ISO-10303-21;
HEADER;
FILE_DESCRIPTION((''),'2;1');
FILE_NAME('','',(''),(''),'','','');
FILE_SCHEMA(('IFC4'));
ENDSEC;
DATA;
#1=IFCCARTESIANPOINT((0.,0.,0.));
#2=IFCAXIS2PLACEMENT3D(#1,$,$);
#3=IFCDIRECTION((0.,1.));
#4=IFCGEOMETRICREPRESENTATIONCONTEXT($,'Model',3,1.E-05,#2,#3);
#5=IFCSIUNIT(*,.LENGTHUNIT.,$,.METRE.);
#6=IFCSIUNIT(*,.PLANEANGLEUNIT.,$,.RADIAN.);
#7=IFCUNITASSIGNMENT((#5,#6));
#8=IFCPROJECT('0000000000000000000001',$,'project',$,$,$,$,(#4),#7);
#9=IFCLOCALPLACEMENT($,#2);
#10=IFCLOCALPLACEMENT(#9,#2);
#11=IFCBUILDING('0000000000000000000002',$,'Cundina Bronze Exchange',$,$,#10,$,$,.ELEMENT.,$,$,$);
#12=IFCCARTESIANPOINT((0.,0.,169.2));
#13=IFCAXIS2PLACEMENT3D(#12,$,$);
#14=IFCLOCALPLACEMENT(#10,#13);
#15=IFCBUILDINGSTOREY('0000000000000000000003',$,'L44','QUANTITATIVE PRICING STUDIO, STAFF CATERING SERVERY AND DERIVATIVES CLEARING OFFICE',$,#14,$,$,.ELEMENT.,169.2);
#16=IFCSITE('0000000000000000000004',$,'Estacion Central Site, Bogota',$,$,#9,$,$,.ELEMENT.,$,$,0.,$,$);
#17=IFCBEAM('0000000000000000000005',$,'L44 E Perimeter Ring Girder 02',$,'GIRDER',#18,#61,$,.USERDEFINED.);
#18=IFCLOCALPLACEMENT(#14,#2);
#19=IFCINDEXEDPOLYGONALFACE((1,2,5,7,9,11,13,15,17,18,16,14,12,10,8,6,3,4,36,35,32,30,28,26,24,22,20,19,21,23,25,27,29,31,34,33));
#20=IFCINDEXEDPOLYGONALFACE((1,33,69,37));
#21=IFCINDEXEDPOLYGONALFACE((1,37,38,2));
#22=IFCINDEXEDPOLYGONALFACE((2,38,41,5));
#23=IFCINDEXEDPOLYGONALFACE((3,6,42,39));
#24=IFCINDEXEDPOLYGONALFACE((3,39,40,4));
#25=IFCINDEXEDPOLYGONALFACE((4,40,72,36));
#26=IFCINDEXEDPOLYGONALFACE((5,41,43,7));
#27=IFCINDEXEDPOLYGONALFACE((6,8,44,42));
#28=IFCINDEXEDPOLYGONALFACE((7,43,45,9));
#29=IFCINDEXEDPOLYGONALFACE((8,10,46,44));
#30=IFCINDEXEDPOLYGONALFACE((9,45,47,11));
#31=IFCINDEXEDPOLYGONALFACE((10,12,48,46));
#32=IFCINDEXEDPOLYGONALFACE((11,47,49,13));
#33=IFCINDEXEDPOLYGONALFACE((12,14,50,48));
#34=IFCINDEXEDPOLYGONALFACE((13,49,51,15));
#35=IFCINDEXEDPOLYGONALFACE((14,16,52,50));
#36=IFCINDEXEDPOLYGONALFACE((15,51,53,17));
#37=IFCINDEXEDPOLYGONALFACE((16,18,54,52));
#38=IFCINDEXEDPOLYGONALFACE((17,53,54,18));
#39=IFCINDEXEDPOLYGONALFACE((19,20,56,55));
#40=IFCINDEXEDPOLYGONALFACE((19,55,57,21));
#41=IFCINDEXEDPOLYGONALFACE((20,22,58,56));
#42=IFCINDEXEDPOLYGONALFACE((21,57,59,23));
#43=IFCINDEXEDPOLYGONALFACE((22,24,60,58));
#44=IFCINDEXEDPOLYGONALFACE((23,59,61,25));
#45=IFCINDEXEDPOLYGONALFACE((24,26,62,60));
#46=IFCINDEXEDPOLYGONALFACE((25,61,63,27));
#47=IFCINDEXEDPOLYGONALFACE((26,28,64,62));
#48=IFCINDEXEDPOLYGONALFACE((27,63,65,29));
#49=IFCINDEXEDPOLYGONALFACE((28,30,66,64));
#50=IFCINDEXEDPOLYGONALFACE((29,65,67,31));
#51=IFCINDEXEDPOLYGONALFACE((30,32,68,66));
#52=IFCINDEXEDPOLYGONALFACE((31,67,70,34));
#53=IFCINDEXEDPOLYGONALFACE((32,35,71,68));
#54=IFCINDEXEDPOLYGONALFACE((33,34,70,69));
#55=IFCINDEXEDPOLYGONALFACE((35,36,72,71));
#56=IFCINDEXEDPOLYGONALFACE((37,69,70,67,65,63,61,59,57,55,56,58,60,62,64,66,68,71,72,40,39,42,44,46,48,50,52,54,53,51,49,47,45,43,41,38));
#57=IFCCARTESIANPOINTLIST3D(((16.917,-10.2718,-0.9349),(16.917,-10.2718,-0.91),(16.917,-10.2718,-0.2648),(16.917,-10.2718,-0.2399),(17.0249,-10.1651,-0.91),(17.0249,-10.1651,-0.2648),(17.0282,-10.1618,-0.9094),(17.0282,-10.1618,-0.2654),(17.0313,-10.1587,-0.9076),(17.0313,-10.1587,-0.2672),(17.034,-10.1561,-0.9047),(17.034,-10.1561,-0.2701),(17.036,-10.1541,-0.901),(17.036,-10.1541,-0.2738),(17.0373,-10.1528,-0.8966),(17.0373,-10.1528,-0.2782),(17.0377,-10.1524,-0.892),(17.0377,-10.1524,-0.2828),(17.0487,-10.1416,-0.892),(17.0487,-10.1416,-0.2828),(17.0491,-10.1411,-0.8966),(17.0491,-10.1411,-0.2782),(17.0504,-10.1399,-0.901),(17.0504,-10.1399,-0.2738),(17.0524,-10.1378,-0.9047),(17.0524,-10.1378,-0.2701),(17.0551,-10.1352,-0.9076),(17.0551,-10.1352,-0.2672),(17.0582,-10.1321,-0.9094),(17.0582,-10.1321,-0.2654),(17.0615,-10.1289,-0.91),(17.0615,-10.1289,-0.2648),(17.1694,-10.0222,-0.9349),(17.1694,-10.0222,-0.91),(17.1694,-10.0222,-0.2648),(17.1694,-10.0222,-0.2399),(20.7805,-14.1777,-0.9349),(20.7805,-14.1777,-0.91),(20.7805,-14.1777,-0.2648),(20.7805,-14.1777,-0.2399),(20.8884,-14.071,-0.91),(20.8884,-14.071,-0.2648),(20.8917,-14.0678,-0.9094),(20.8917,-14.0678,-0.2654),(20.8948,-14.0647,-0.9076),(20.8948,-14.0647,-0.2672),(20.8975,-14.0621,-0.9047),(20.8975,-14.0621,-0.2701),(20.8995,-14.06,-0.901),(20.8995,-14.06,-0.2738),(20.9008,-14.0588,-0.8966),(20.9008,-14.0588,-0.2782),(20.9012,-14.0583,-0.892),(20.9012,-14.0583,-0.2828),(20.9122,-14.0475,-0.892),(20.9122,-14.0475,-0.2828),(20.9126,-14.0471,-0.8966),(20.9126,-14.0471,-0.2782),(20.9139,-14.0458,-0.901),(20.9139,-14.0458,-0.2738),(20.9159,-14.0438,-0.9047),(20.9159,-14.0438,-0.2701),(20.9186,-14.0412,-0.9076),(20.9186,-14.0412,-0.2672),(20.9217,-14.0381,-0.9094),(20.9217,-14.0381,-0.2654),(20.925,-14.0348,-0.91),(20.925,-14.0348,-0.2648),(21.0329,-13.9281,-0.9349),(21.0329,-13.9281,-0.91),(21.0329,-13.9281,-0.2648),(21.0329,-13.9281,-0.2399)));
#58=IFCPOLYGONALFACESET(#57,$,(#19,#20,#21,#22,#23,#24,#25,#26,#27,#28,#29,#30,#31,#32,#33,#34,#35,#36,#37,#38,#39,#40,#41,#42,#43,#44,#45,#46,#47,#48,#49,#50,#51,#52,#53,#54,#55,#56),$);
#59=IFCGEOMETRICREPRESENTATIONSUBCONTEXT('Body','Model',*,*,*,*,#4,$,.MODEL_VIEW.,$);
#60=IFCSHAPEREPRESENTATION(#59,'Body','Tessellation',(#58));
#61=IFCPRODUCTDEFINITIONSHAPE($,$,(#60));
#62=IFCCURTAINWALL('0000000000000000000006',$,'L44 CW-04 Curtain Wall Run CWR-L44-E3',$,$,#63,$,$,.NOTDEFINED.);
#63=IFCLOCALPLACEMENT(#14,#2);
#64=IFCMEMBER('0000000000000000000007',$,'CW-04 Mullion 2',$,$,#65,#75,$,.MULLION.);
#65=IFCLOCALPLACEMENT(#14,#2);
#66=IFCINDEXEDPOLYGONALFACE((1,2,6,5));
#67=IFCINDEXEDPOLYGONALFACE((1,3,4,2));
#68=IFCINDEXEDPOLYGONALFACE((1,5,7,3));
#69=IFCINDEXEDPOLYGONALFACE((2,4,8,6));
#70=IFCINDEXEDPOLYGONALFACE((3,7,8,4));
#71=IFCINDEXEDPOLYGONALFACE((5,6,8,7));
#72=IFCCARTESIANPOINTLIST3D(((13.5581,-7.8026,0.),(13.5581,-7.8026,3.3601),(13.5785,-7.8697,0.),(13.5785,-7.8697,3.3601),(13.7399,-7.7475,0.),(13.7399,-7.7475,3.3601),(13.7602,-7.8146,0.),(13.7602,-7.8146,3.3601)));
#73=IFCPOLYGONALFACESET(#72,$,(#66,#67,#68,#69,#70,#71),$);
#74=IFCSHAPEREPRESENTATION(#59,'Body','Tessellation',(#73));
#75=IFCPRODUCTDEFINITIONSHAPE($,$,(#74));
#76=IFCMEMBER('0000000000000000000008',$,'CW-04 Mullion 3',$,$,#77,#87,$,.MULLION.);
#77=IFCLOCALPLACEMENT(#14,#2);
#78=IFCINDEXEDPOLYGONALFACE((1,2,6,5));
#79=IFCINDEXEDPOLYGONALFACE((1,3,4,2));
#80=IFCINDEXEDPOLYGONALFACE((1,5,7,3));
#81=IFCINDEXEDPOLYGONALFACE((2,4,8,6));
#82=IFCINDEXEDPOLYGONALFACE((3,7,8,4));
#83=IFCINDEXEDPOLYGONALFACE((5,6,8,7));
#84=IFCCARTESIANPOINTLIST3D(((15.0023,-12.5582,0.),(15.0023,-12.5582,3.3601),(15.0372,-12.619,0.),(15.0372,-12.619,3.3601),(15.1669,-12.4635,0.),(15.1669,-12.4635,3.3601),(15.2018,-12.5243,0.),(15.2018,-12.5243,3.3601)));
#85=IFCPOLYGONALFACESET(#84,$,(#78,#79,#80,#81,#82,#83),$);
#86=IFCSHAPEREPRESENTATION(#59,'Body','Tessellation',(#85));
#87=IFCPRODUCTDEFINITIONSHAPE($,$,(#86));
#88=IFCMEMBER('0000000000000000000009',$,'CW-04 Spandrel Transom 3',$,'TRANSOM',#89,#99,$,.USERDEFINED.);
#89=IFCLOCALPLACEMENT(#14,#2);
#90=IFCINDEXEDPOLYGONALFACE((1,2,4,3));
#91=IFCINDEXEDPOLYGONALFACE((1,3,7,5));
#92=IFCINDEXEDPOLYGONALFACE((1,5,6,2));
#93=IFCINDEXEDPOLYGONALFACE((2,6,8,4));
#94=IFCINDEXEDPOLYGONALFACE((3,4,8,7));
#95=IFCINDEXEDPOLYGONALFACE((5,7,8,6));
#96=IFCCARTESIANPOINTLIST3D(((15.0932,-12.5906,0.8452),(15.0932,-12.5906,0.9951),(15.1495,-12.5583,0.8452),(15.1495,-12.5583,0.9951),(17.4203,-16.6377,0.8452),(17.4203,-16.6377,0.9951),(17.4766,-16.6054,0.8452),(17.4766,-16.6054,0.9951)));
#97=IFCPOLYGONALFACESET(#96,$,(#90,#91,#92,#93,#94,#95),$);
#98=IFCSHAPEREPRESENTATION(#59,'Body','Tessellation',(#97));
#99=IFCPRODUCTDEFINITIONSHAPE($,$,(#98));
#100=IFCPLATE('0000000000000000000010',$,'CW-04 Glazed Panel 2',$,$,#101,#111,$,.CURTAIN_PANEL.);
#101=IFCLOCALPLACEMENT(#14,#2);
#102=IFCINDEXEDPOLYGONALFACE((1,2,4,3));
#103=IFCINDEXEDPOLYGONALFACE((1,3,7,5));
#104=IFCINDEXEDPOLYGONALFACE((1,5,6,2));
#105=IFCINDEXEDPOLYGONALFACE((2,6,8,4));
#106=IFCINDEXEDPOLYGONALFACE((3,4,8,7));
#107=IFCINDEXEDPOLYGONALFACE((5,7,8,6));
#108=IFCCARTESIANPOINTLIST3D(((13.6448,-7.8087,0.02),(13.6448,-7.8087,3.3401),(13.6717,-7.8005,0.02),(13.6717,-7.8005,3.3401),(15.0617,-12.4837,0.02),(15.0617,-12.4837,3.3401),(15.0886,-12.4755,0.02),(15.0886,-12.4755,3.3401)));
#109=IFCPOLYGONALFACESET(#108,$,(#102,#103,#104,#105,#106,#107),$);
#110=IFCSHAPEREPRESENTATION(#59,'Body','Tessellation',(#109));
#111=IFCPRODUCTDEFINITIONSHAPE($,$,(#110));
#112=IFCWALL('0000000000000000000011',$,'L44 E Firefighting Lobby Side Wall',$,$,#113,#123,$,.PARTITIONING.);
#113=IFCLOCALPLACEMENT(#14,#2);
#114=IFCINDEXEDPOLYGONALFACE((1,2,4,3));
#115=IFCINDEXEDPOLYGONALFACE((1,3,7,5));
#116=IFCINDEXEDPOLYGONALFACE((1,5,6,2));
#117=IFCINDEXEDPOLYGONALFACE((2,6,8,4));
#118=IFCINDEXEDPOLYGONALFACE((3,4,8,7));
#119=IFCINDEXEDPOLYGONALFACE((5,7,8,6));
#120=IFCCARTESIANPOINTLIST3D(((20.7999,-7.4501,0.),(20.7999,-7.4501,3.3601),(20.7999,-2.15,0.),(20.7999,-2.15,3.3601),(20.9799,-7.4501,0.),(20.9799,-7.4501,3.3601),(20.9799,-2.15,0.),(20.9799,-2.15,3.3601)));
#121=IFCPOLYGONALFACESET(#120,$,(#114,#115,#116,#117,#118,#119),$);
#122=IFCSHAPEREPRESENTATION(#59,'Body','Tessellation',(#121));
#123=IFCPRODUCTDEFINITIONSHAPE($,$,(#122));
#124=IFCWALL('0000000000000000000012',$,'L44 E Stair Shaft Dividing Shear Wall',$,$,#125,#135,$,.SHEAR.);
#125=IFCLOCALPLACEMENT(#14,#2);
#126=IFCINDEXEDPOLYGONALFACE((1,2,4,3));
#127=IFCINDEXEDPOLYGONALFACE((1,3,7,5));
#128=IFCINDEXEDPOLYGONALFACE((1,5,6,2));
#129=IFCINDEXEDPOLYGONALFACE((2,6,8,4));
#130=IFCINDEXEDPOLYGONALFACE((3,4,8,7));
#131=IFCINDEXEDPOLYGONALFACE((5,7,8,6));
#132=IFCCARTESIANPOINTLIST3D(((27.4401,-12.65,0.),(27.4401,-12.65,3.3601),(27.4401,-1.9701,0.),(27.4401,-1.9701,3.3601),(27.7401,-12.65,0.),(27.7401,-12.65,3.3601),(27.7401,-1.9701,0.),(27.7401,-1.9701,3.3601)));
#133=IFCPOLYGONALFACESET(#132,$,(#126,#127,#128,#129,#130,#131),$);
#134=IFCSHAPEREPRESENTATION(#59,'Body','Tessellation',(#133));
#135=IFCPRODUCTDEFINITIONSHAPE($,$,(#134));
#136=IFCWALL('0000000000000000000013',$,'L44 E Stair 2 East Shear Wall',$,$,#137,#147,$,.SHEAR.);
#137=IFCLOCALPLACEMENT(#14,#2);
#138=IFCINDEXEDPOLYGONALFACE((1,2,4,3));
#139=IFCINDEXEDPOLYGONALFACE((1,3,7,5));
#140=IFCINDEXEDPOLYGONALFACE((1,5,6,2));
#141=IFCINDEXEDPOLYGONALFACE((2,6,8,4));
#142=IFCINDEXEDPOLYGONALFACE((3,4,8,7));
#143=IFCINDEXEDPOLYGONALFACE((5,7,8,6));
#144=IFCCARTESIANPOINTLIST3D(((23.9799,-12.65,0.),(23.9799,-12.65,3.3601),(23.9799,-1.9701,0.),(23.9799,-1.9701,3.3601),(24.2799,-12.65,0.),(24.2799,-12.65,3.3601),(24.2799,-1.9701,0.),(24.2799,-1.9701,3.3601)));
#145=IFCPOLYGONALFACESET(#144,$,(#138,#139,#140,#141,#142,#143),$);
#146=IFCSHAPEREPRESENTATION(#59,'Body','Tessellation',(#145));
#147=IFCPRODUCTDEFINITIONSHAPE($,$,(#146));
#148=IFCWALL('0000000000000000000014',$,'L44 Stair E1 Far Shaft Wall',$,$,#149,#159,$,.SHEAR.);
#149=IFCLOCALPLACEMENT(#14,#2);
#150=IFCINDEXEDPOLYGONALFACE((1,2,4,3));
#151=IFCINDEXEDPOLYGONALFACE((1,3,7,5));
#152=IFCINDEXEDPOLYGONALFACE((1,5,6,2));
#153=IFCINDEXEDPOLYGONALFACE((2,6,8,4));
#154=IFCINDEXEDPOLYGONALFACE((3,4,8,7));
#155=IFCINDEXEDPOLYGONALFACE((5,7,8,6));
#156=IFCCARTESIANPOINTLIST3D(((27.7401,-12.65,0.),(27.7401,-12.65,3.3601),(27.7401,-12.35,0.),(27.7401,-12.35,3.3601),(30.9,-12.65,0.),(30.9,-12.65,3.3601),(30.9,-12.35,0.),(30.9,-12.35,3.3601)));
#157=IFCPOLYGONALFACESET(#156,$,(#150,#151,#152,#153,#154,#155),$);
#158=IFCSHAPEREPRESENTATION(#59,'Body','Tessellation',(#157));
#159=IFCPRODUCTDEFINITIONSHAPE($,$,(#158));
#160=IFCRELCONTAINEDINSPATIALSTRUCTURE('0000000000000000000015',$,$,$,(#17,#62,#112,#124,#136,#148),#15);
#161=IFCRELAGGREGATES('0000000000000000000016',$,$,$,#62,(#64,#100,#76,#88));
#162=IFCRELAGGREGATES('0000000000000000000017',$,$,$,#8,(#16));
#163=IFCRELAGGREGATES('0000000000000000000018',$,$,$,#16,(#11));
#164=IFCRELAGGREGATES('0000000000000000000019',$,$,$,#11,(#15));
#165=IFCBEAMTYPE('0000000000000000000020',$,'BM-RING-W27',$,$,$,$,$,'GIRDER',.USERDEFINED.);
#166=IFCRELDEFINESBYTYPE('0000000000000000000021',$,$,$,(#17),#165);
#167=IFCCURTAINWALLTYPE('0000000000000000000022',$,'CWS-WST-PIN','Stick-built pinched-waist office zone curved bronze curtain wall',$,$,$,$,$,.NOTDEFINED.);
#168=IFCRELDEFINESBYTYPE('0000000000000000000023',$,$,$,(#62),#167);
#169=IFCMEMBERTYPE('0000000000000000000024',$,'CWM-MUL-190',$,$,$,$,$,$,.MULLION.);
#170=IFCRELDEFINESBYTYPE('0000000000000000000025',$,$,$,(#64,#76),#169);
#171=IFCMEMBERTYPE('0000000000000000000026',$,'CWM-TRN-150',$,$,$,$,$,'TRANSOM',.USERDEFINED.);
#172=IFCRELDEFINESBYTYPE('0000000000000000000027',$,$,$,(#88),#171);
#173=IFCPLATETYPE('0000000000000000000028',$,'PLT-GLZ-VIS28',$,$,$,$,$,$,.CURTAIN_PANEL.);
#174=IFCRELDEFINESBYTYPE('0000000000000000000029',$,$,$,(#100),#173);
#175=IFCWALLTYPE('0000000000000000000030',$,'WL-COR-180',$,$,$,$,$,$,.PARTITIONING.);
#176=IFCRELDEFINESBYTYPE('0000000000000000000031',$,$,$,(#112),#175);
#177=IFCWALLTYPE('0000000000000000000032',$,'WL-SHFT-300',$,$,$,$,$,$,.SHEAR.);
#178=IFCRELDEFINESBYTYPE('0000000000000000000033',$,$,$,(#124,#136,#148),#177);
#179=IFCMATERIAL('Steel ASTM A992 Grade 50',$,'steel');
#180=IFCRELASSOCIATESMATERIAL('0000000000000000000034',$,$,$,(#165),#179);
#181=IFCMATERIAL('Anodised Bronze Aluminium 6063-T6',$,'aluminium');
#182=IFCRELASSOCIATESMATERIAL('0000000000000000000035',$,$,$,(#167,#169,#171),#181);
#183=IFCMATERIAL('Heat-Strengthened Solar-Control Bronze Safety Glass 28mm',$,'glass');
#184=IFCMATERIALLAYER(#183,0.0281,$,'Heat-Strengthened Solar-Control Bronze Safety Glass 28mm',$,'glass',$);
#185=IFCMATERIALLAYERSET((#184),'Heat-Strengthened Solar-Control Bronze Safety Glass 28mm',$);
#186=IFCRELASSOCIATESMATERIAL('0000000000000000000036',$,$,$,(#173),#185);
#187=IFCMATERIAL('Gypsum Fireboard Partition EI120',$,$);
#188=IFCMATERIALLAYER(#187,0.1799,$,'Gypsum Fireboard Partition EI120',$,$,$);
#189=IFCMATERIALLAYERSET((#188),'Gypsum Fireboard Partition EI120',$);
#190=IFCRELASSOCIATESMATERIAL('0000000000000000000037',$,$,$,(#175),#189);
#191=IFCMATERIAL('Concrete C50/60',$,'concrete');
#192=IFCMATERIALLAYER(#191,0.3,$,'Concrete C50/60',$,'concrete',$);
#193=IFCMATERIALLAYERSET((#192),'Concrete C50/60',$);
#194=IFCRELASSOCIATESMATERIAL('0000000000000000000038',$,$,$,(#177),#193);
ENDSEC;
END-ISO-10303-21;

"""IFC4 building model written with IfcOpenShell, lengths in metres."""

from ifc_helpers import new_model, si_unit, direction, frame, frame_2d, origin, origin_2d, place, context, subcontext, project, spatial, rectangle, i_section, extrude, material, layer, layer_set, material_profile, profile_set, type_object, element, aggregate, save


model = new_model("IFC4")

# Units and contexts
model_context = context("Model", 3, precision=1e-05, world=origin(), true_north=direction((0.0, 1.0)))
body_context = subcontext(model_context, "Body", "Model", "MODEL_VIEW")
ifc_project = project(units=[si_unit("LENGTHUNIT", "METRE"), si_unit("PLANEANGLEUNIT", "RADIAN")], contexts=[model_context])

# Site, building, storey
site_placement = place(None, origin())
site = spatial("IfcSite", under=ifc_project, at=site_placement, Name="Estacion Central Site, Bogota", CompositionType="ELEMENT", RefElevation=0.0)
building_placement = place(site_placement, origin())
building = spatial("IfcBuilding", under=site, at=building_placement, Name="Cundina Bronze Exchange", CompositionType="ELEMENT")
storey_placement = place(building_placement, frame((0.0, 0.0, 169.2)))
storey = spatial("IfcBuildingStorey", under=building, at=storey_placement, Name="L44", Description="QUANTITATIVE PRICING STUDIO, STAFF CATERING SERVERY AND DERIVATIVES CLEARING OFFICE", CompositionType="ELEMENT", Elevation=169.2)

# Shared definitions
ifc_material_1 = material(Name="Concrete C50/60", Category="concrete")

# Beam
ifc_material_2 = material(Name="Steel ASTM A992 Grade 50", Category="steel")
ifc_material_profile_1 = material_profile(ifc_material_2, i_section(OverallWidth=0.355, OverallDepth=0.6951, WebThickness=0.0154, FlangeThickness=0.0249, FilletRadius=0.0181, at=origin_2d()), Name="W27X146", Category="steel")
ifc_profile_set_1 = profile_set([ifc_material_profile_1], Name="Steel ASTM A992 Grade 50")
beam_type_1 = type_object("IfcBeamType", Name="BM-RING-W27", ElementType="GIRDER", PredefinedType="USERDEFINED", material=ifc_profile_set_1)
beam_1_placement = place(storey_placement, frame((17.0432, -10.147, -0.5874), z_axis=(0.70323, -0.710962, 0.0), x_axis=(0.710962, 0.70323, 0.0)))
element("IfcBeam", 1, at=beam_1_placement, inside=storey, type_object=beam_type_1, Name="L44 E Perimeter Ring Girder 02", ObjectType="GIRDER", PredefinedType="USERDEFINED", context=body_context, shape_type="SweptSolid", body=[
    extrude(i_section(OverallWidth=0.355, OverallDepth=0.6951, WebThickness=0.0154, FlangeThickness=0.0249, FilletRadius=0.0181, at=origin_2d()), origin(), (0.0, 0.0, 1.0), 5.4939),
])

# Curtain wall, members, plate
ifc_material_3 = material(Name="Anodised Bronze Aluminium 6063-T6", Category="aluminium")
curtain_wall_type = type_object("IfcCurtainWallType", Name="CWS-WST-PIN", Description="Stick-built pinched-waist office zone curved bronze curtain wall", PredefinedType="NOTDEFINED", material=ifc_material_3)
curtain_wall_placement = place(storey_placement, origin())
curtain_wall = element("IfcCurtainWall", 2, at=curtain_wall_placement, inside=storey, type_object=curtain_wall_type, Name="L44 CW-04 Curtain Wall Run CWR-L44-E3", PredefinedType="NOTDEFINED")
ifc_material_profile_2 = material_profile(ifc_material_3, rectangle(XDim=0.0701, YDim=0.1899, at=origin_2d()), Name="AL70X190", Category="aluminium")
ifc_profile_set_2 = profile_set([ifc_material_profile_2], Name="Anodised Bronze Aluminium 6063-T6")
member_type_1 = type_object("IfcMemberType", Name="CWM-MUL-190", PredefinedType="MULLION", material=ifc_profile_set_2)
member_1_placement = place(storey_placement, frame((13.6592, -7.8086, 0.0), z_axis=(0.0, 0.0, 1.0), x_axis=(0.290034, -0.957016, 0.0)))
member_1 = element("IfcMember", 3, at=member_1_placement, type_object=member_type_1, Name="CW-04 Mullion 2", PredefinedType="MULLION", context=body_context, shape_type="SweptSolid", body=[
    extrude(rectangle(XDim=0.0701, YDim=0.1899, at=origin_2d()), origin(), (0.0, 0.0, 1.0), 3.3601),
])
member_2_placement = place(storey_placement, frame((15.1021, -12.5413, 0.0), z_axis=(0.0, 0.0, 1.0), x_axis=(0.498488, -0.866897, 0.0)))
member_2 = element("IfcMember", 4, at=member_2_placement, type_object=member_type_1, Name="CW-04 Mullion 3", PredefinedType="MULLION", context=body_context, shape_type="SweptSolid", body=[
    extrude(rectangle(XDim=0.0701, YDim=0.1899, at=origin_2d()), origin(), (0.0, 0.0, 1.0), 3.3601),
])
ifc_material_profile_3 = material_profile(ifc_material_3, rectangle(XDim=0.0649, YDim=0.1499, at=origin_2d()), Name="AL65X150", Category="aluminium")
ifc_profile_set_3 = profile_set([ifc_material_profile_3], Name="Anodised Bronze Aluminium 6063-T6")
member_type_2 = type_object("IfcMemberType", Name="CWM-TRN-150", ElementType="TRANSOM", PredefinedType="USERDEFINED", material=ifc_profile_set_3)
member_3_placement = place(storey_placement, frame((15.1213, -12.5745, 0.9202), z_axis=(0.49848, -0.866901, 0.0), x_axis=(0.866901, 0.49848, 0.0)))
member_3 = element("IfcMember", 5, at=member_3_placement, type_object=member_type_2, Name="CW-04 Spandrel Transom 3", ObjectType="TRANSOM", PredefinedType="USERDEFINED", context=body_context, shape_type="SweptSolid", body=[
    extrude(rectangle(XDim=0.0649, YDim=0.1499, at=origin_2d()), origin(), (0.0, 0.0, 1.0), 4.6685),
])
ifc_material_4 = material(Name="Heat-Strengthened Solar-Control Bronze Safety Glass 28mm", Category="glass")
ifc_layer_1 = layer(ifc_material_4, 0.0281, Name="Heat-Strengthened Solar-Control Bronze Safety Glass 28mm", Category="glass")
ifc_layer_set_1 = layer_set([ifc_layer_1], Name="Heat-Strengthened Solar-Control Bronze Safety Glass 28mm")
plate_type = type_object("IfcPlateType", Name="PLT-GLZ-VIS28", PredefinedType="CURTAIN_PANEL", material=ifc_layer_set_1)
plate_placement = place(storey_placement, frame((14.3667, -10.1421, 0.02), z_axis=(0.0, 0.0, 1.0), x_axis=(0.290051, -0.957011, 0.0)))
plate = element("IfcPlate", 6, at=plate_placement, type_object=plate_type, Name="CW-04 Glazed Panel 2", PredefinedType="CURTAIN_PANEL", context=body_context, shape_type="SweptSolid", body=[
    extrude(rectangle(XDim=4.885, YDim=0.0281, at=origin_2d()), origin(), (0.0, 0.0, 1.0), 3.3201),
])
aggregate(curtain_wall, [member_1, plate, member_2, member_3])

# Walls
ifc_material_5 = material(Name="Gypsum Fireboard Partition EI120")
ifc_layer_2 = layer(ifc_material_5, 0.1799, Name="Gypsum Fireboard Partition EI120")
ifc_layer_set_2 = layer_set([ifc_layer_2], Name="Gypsum Fireboard Partition EI120")
wall_type_1 = type_object("IfcWallType", Name="WL-COR-180", PredefinedType="PARTITIONING", material=ifc_layer_set_2)
wall_1_placement = place(storey_placement, frame((20.8899, -7.45, 0.0), z_axis=(0.0, 0.0, 1.0), x_axis=(0.0, 1.0, 0.0)))
element("IfcWall", 7, at=wall_1_placement, inside=storey, type_object=wall_type_1, Name="L44 E Firefighting Lobby Side Wall", PredefinedType="PARTITIONING", context=body_context, shape_type="SweptSolid", body=[
    extrude(rectangle(XDim=5.3, YDim=0.1799, at=frame_2d((2.6499, 0.0))), origin(), (0.0, 0.0, 1.0), 3.3601),
])
ifc_layer_3 = layer(ifc_material_1, 0.3, Name="Concrete C50/60", Category="concrete")
ifc_layer_set_3 = layer_set([ifc_layer_3], Name="Concrete C50/60")
wall_type_2 = type_object("IfcWallType", Name="WL-SHFT-300", PredefinedType="SHEAR", material=ifc_layer_set_3)
for number, where, z_axis, x_axis, name in (
    (8, (27.5901, -12.6499, 0.0), (0.0, 0.0, 1.0), (0.0, 1.0, 0.0), "L44 E Stair Shaft Dividing Shear Wall"),
    (9, (24.1299, -12.6499, 0.0), (0.0, 0.0, 1.0), (0.0, 1.0, 0.0), "L44 E Stair 2 East Shear Wall"),
):
    element("IfcWall", number, at=place(storey_placement, frame(where, z_axis=z_axis, x_axis=x_axis)), inside=storey, type_object=wall_type_2, Name=name, PredefinedType="SHEAR", context=body_context, shape_type="SweptSolid", body=[
        extrude(rectangle(XDim=10.6799, YDim=0.3, at=frame_2d((5.3398, 0.0))), origin(), (0.0, 0.0, 1.0), 3.3601),
    ])
wall_2_placement = place(storey_placement, frame((27.74, -12.5, 0.0), z_axis=(0.0, 0.0, 1.0), x_axis=(1.0, 0.0, 0.0)))
element("IfcWall", 10, at=wall_2_placement, inside=storey, type_object=wall_type_2, Name="L44 Stair E1 Far Shaft Wall", PredefinedType="SHEAR", context=body_context, shape_type="SweptSolid", body=[
    extrude(rectangle(XDim=3.1599, YDim=0.3, at=frame_2d((1.5801, 0.0))), origin(), (0.0, 0.0, 1.0), 3.3601),
])

save(model, "model.ifc")
